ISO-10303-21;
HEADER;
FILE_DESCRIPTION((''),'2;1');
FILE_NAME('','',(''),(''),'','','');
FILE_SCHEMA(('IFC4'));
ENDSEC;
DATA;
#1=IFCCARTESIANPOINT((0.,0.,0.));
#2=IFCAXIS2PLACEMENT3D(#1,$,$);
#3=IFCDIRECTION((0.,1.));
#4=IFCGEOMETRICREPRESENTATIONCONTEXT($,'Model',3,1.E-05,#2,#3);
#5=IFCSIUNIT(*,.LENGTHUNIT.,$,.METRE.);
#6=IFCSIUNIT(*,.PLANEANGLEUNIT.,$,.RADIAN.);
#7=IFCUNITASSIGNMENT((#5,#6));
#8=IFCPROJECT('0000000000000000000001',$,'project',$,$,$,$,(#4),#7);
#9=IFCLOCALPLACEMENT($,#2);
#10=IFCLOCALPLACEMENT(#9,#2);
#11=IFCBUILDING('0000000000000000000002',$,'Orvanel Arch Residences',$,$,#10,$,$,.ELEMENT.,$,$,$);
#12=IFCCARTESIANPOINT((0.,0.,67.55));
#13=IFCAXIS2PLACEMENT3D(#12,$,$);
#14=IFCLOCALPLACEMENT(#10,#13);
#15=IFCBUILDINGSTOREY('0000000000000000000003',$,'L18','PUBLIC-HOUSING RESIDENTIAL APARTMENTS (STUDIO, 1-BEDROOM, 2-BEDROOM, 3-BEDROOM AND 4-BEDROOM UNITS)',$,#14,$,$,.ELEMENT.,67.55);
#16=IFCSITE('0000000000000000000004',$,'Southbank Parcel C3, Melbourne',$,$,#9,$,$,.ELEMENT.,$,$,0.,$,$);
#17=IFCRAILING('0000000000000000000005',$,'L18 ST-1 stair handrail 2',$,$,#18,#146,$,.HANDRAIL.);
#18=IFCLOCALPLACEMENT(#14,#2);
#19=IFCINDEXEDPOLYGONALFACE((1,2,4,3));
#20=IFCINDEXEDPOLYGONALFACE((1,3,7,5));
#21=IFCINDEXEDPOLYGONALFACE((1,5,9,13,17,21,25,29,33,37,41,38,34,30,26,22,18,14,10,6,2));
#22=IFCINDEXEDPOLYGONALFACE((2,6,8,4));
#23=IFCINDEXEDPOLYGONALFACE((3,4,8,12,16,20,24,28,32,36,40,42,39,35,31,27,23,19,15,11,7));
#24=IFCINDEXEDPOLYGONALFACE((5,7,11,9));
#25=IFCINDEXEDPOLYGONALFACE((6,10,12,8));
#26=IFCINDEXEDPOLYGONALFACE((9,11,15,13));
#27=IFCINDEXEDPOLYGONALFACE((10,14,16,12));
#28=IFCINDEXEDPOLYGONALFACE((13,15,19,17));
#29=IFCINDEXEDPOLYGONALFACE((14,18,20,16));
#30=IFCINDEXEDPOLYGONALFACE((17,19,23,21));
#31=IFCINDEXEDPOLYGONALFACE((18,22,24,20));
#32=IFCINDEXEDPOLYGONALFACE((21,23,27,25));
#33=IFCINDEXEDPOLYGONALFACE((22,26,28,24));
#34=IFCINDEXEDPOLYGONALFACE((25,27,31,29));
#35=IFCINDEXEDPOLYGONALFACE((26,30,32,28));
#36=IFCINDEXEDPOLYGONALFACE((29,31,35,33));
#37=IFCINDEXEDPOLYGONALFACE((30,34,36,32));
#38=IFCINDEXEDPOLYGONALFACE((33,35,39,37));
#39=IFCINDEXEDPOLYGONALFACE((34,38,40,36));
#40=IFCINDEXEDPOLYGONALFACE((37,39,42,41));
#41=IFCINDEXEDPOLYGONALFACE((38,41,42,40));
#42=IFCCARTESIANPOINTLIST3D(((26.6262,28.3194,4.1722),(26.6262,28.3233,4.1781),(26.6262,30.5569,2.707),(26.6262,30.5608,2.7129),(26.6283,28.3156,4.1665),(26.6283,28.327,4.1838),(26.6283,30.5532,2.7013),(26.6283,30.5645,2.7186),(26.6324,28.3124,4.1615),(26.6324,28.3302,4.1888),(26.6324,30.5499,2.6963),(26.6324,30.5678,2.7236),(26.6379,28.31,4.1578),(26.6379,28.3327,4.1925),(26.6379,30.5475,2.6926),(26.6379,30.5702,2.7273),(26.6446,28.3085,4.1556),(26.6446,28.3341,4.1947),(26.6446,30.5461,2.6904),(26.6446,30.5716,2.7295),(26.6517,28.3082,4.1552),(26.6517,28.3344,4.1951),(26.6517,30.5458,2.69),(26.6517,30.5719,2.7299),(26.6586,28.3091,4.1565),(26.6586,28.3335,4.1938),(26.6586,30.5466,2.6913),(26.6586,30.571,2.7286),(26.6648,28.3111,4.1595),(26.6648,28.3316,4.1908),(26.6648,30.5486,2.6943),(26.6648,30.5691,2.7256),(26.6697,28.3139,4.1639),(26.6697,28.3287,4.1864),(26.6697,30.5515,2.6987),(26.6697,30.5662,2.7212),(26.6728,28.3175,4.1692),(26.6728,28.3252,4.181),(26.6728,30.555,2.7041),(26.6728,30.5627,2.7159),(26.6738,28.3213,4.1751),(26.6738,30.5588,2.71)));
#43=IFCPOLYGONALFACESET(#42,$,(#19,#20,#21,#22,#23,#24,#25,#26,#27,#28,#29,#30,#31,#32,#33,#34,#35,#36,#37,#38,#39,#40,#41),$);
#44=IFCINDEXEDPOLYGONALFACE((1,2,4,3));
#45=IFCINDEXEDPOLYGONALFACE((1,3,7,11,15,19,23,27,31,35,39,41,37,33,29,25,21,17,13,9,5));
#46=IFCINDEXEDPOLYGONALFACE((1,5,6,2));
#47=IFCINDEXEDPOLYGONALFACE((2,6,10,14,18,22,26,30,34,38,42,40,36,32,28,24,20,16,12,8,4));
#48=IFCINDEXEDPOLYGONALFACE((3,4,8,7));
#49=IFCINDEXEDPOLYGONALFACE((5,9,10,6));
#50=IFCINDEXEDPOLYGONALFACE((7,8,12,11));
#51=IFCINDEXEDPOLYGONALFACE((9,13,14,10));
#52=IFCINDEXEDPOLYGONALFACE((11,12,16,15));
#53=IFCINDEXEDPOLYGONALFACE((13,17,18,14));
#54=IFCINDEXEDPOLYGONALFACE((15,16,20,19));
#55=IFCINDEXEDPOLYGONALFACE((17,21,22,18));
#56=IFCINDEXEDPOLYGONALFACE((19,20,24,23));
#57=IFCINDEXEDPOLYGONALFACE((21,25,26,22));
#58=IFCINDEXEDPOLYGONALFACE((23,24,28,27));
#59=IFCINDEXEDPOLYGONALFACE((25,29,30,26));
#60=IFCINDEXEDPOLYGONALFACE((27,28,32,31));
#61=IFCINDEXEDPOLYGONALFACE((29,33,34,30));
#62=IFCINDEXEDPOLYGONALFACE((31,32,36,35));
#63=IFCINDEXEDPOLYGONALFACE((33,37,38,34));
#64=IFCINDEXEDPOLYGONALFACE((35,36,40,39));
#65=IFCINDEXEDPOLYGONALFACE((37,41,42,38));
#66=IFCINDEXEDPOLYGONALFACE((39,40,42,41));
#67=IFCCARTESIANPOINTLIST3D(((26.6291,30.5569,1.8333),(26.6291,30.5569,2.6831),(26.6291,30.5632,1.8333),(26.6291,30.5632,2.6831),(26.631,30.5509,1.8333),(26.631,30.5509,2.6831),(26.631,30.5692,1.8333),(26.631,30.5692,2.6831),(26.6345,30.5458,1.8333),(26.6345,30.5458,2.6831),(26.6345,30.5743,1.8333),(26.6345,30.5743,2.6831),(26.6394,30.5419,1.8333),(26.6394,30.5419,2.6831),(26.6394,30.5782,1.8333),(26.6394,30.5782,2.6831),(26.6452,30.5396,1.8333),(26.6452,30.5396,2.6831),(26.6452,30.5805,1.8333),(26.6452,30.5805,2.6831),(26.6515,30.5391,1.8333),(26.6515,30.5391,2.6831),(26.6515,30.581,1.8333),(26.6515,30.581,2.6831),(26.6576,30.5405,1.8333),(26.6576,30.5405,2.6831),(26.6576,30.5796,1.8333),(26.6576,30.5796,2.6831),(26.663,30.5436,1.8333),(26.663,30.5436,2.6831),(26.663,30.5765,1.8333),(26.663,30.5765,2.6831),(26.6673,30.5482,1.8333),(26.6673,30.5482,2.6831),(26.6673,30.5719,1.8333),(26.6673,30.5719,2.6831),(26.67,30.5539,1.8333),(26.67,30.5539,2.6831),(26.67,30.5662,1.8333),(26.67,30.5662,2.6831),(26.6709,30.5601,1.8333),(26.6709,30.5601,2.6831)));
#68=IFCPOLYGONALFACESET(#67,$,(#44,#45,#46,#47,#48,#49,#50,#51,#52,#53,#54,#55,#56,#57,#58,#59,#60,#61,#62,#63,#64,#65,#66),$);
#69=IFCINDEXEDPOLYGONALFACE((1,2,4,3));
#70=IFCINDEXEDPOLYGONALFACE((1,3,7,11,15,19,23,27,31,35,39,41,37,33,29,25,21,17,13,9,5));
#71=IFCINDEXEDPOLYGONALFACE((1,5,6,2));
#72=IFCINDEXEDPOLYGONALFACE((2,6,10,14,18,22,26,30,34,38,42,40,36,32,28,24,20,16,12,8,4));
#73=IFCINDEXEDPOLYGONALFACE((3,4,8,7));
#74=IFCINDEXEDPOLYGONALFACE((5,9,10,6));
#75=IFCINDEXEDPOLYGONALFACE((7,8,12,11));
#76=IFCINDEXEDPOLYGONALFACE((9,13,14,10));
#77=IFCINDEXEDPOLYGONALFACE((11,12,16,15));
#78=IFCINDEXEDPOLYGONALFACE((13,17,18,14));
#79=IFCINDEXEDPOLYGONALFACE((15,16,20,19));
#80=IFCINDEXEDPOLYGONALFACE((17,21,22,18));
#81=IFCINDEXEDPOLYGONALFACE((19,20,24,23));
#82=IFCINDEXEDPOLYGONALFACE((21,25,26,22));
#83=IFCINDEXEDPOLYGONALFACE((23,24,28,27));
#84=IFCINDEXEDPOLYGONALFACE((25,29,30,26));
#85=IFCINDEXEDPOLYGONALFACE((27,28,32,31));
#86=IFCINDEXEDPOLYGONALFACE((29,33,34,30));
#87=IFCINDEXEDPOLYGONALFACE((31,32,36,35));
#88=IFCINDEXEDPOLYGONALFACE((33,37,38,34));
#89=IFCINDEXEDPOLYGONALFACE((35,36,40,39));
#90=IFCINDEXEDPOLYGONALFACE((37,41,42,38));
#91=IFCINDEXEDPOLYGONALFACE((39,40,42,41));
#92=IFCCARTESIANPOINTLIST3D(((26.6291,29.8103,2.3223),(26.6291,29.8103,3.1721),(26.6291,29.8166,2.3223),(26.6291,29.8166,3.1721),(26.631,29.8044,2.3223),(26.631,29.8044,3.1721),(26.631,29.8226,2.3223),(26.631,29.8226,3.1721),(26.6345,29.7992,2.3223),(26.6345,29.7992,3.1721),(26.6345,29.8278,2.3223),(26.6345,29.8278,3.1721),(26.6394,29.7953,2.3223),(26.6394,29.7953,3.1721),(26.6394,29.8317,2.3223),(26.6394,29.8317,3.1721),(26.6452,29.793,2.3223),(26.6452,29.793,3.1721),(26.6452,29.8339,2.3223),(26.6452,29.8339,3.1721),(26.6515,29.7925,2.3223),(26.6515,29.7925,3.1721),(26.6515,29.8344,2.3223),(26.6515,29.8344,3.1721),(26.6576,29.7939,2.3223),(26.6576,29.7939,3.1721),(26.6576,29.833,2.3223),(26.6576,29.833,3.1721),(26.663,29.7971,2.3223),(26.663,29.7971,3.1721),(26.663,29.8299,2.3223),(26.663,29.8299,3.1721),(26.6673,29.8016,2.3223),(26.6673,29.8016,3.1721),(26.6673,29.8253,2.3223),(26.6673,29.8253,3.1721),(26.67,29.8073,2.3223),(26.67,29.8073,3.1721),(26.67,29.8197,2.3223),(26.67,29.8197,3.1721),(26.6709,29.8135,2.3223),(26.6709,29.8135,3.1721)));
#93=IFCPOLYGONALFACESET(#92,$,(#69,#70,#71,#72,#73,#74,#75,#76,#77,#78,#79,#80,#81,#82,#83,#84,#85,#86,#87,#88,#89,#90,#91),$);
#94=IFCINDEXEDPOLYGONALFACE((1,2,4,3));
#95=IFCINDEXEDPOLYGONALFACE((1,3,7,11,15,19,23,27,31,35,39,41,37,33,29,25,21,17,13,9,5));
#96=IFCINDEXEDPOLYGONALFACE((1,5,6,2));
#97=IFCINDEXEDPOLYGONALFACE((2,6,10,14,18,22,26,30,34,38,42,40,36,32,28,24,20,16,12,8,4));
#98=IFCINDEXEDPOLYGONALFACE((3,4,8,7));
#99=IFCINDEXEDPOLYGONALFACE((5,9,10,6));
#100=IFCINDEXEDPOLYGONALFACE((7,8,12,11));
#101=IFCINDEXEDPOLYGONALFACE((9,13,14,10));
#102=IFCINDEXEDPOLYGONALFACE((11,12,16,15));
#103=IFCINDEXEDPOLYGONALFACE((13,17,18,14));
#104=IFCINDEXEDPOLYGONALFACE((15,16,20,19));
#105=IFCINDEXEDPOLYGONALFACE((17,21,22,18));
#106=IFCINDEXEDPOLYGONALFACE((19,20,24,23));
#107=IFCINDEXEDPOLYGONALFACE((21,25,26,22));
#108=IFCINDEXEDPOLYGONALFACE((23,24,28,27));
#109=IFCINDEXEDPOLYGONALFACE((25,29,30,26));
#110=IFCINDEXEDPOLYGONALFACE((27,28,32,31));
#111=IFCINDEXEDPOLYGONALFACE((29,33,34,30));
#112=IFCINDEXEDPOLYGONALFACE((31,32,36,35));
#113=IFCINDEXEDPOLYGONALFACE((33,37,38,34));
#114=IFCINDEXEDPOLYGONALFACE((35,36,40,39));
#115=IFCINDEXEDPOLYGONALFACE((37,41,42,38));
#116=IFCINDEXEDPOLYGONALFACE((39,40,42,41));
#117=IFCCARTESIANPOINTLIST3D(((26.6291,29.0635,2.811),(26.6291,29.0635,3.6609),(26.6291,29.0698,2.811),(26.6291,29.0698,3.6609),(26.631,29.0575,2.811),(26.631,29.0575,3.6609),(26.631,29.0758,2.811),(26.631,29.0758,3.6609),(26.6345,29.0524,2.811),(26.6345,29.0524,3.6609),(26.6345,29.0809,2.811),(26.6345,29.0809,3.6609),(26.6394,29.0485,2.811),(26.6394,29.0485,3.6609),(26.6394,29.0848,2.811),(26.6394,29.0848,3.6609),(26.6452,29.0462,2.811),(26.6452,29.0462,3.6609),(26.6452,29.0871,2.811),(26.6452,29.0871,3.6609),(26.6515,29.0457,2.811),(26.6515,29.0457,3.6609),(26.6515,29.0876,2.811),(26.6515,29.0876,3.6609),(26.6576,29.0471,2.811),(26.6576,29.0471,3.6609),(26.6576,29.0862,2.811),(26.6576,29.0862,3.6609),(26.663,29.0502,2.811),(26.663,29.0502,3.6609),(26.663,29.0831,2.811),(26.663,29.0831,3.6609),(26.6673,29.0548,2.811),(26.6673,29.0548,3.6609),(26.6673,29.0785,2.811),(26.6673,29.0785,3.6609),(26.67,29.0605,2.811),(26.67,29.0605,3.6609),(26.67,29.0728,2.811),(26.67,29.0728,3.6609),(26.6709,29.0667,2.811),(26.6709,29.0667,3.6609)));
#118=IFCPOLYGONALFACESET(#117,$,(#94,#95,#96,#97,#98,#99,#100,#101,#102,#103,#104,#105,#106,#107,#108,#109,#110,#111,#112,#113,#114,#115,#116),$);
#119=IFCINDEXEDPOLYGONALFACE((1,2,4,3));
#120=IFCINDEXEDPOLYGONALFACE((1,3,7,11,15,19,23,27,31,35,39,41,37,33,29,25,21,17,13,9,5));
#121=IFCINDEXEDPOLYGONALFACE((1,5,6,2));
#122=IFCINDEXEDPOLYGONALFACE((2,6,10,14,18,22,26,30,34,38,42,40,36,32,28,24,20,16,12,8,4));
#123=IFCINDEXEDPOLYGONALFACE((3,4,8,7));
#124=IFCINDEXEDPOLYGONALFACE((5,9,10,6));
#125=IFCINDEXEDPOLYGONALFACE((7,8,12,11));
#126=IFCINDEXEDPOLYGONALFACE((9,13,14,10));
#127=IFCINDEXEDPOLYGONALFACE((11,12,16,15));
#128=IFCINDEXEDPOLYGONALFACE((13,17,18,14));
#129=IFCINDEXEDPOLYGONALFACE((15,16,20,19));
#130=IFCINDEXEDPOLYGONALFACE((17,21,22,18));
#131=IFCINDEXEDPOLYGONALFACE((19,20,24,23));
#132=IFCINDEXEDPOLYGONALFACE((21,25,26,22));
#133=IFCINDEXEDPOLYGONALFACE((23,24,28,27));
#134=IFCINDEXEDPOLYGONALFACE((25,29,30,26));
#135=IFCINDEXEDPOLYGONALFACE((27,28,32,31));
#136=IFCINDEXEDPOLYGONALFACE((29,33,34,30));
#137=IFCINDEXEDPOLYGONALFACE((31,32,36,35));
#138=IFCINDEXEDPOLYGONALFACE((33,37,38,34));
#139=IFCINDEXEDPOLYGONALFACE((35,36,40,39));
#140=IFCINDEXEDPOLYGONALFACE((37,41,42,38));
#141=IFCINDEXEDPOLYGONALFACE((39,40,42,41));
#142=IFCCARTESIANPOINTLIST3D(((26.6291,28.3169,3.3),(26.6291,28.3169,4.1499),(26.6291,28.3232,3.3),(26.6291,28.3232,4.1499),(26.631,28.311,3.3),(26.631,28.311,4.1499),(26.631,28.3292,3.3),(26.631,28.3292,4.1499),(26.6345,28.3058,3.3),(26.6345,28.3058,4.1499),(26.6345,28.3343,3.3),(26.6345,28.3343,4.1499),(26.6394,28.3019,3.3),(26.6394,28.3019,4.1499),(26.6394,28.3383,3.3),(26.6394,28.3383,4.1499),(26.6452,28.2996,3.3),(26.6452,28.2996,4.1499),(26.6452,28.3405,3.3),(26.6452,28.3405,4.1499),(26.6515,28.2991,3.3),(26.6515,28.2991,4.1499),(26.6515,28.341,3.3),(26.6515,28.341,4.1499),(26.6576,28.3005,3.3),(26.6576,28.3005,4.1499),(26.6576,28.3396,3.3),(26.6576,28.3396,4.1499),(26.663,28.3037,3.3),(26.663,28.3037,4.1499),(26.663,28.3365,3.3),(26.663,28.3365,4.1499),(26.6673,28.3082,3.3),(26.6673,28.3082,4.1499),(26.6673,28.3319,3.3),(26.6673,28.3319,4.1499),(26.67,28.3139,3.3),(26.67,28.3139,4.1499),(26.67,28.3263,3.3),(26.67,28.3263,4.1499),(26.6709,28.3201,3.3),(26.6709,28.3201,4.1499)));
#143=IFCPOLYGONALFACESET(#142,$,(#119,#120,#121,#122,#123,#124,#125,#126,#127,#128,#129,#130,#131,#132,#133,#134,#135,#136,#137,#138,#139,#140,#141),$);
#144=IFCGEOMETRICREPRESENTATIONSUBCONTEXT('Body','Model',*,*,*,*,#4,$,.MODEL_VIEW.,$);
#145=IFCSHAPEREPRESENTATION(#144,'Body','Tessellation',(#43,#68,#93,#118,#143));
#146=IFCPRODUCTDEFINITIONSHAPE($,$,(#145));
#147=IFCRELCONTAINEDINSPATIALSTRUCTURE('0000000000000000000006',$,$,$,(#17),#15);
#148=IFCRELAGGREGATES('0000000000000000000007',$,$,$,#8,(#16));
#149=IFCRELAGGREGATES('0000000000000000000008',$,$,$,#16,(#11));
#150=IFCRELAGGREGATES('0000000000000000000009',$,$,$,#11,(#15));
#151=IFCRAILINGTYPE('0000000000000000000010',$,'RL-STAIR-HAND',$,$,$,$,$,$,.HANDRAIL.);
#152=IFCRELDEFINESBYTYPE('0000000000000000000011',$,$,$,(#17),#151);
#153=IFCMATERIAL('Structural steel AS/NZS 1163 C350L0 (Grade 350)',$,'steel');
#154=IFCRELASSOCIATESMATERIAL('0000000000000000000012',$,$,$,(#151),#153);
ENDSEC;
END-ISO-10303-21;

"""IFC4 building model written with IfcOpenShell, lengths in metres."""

from ifc_helpers import new_model, si_unit, direction, frame, origin, origin_2d, place, context, subcontext, project, spatial, circle, extrude, material, type_object, element, save


model = new_model("IFC4")

# Units and contexts
model_context = context("Model", 3, precision=1e-05, world=origin(), true_north=direction((0.0, 1.0)))
body_context = subcontext(model_context, "Body", "Model", "MODEL_VIEW")
ifc_project = project(units=[si_unit("LENGTHUNIT", "METRE"), si_unit("PLANEANGLEUNIT", "RADIAN")], contexts=[model_context])

# Site, building, storey
site_placement = place(None, origin())
site = spatial("IfcSite", under=ifc_project, at=site_placement, Name="Southbank Parcel C3, Melbourne", CompositionType="ELEMENT", RefElevation=0.0)
building_placement = place(site_placement, origin())
building = spatial("IfcBuilding", under=site, at=building_placement, Name="Orvanel Arch Residences", CompositionType="ELEMENT")
storey_placement = place(building_placement, frame((0.0, 0.0, 67.55)))
storey = spatial("IfcBuildingStorey", under=building, at=storey_placement, Name="L18", Description="PUBLIC-HOUSING RESIDENTIAL APARTMENTS (STUDIO, 1-BEDROOM, 2-BEDROOM, 3-BEDROOM AND 4-BEDROOM UNITS)", CompositionType="ELEMENT", Elevation=67.55)

# Railing
ifc_material_1 = material(Name="Structural steel AS/NZS 1163 C350L0 (Grade 350)", Category="steel")
railing_type_1 = type_object("IfcRailingType", Name="RL-STAIR-HAND", PredefinedType="HANDRAIL", material=ifc_material_1)
railing_1_placement = place(storey_placement, frame((26.6499, 30.5601, 1.8333)))
element("IfcRailing", 1, at=railing_1_placement, inside=storey, type_object=railing_type_1, Name="L18 ST-1 stair handrail 2", PredefinedType="HANDRAIL", context=body_context, shape_type="SweptSolid", body=[
    extrude(circle(Radius=0.0239, at=origin_2d()), frame((0.0, -0.0012, 0.8767), z_axis=(0.0, -0.836595, 0.547822), x_axis=(1.0, 0.0, 0.0)), (0.0, 0.0, 1.0), 2.6746),
    extrude(circle(Radius=0.021, at=origin_2d()), origin(), (0.0, 0.0, 1.0), 0.8499),
    extrude(circle(Radius=0.021, at=origin_2d()), frame((0.0, -0.7466, 0.489)), (0.0, 0.0, 1.0), 0.8499),
    extrude(circle(Radius=0.021, at=origin_2d()), frame((0.0, -1.4934, 0.9778)), (0.0, 0.0, 1.0), 0.8499),
    extrude(circle(Radius=0.021, at=origin_2d()), frame((0.0, -2.24, 1.4668)), (0.0, 0.0, 1.0), 0.8499),
])

save(model, "model.ifc")
